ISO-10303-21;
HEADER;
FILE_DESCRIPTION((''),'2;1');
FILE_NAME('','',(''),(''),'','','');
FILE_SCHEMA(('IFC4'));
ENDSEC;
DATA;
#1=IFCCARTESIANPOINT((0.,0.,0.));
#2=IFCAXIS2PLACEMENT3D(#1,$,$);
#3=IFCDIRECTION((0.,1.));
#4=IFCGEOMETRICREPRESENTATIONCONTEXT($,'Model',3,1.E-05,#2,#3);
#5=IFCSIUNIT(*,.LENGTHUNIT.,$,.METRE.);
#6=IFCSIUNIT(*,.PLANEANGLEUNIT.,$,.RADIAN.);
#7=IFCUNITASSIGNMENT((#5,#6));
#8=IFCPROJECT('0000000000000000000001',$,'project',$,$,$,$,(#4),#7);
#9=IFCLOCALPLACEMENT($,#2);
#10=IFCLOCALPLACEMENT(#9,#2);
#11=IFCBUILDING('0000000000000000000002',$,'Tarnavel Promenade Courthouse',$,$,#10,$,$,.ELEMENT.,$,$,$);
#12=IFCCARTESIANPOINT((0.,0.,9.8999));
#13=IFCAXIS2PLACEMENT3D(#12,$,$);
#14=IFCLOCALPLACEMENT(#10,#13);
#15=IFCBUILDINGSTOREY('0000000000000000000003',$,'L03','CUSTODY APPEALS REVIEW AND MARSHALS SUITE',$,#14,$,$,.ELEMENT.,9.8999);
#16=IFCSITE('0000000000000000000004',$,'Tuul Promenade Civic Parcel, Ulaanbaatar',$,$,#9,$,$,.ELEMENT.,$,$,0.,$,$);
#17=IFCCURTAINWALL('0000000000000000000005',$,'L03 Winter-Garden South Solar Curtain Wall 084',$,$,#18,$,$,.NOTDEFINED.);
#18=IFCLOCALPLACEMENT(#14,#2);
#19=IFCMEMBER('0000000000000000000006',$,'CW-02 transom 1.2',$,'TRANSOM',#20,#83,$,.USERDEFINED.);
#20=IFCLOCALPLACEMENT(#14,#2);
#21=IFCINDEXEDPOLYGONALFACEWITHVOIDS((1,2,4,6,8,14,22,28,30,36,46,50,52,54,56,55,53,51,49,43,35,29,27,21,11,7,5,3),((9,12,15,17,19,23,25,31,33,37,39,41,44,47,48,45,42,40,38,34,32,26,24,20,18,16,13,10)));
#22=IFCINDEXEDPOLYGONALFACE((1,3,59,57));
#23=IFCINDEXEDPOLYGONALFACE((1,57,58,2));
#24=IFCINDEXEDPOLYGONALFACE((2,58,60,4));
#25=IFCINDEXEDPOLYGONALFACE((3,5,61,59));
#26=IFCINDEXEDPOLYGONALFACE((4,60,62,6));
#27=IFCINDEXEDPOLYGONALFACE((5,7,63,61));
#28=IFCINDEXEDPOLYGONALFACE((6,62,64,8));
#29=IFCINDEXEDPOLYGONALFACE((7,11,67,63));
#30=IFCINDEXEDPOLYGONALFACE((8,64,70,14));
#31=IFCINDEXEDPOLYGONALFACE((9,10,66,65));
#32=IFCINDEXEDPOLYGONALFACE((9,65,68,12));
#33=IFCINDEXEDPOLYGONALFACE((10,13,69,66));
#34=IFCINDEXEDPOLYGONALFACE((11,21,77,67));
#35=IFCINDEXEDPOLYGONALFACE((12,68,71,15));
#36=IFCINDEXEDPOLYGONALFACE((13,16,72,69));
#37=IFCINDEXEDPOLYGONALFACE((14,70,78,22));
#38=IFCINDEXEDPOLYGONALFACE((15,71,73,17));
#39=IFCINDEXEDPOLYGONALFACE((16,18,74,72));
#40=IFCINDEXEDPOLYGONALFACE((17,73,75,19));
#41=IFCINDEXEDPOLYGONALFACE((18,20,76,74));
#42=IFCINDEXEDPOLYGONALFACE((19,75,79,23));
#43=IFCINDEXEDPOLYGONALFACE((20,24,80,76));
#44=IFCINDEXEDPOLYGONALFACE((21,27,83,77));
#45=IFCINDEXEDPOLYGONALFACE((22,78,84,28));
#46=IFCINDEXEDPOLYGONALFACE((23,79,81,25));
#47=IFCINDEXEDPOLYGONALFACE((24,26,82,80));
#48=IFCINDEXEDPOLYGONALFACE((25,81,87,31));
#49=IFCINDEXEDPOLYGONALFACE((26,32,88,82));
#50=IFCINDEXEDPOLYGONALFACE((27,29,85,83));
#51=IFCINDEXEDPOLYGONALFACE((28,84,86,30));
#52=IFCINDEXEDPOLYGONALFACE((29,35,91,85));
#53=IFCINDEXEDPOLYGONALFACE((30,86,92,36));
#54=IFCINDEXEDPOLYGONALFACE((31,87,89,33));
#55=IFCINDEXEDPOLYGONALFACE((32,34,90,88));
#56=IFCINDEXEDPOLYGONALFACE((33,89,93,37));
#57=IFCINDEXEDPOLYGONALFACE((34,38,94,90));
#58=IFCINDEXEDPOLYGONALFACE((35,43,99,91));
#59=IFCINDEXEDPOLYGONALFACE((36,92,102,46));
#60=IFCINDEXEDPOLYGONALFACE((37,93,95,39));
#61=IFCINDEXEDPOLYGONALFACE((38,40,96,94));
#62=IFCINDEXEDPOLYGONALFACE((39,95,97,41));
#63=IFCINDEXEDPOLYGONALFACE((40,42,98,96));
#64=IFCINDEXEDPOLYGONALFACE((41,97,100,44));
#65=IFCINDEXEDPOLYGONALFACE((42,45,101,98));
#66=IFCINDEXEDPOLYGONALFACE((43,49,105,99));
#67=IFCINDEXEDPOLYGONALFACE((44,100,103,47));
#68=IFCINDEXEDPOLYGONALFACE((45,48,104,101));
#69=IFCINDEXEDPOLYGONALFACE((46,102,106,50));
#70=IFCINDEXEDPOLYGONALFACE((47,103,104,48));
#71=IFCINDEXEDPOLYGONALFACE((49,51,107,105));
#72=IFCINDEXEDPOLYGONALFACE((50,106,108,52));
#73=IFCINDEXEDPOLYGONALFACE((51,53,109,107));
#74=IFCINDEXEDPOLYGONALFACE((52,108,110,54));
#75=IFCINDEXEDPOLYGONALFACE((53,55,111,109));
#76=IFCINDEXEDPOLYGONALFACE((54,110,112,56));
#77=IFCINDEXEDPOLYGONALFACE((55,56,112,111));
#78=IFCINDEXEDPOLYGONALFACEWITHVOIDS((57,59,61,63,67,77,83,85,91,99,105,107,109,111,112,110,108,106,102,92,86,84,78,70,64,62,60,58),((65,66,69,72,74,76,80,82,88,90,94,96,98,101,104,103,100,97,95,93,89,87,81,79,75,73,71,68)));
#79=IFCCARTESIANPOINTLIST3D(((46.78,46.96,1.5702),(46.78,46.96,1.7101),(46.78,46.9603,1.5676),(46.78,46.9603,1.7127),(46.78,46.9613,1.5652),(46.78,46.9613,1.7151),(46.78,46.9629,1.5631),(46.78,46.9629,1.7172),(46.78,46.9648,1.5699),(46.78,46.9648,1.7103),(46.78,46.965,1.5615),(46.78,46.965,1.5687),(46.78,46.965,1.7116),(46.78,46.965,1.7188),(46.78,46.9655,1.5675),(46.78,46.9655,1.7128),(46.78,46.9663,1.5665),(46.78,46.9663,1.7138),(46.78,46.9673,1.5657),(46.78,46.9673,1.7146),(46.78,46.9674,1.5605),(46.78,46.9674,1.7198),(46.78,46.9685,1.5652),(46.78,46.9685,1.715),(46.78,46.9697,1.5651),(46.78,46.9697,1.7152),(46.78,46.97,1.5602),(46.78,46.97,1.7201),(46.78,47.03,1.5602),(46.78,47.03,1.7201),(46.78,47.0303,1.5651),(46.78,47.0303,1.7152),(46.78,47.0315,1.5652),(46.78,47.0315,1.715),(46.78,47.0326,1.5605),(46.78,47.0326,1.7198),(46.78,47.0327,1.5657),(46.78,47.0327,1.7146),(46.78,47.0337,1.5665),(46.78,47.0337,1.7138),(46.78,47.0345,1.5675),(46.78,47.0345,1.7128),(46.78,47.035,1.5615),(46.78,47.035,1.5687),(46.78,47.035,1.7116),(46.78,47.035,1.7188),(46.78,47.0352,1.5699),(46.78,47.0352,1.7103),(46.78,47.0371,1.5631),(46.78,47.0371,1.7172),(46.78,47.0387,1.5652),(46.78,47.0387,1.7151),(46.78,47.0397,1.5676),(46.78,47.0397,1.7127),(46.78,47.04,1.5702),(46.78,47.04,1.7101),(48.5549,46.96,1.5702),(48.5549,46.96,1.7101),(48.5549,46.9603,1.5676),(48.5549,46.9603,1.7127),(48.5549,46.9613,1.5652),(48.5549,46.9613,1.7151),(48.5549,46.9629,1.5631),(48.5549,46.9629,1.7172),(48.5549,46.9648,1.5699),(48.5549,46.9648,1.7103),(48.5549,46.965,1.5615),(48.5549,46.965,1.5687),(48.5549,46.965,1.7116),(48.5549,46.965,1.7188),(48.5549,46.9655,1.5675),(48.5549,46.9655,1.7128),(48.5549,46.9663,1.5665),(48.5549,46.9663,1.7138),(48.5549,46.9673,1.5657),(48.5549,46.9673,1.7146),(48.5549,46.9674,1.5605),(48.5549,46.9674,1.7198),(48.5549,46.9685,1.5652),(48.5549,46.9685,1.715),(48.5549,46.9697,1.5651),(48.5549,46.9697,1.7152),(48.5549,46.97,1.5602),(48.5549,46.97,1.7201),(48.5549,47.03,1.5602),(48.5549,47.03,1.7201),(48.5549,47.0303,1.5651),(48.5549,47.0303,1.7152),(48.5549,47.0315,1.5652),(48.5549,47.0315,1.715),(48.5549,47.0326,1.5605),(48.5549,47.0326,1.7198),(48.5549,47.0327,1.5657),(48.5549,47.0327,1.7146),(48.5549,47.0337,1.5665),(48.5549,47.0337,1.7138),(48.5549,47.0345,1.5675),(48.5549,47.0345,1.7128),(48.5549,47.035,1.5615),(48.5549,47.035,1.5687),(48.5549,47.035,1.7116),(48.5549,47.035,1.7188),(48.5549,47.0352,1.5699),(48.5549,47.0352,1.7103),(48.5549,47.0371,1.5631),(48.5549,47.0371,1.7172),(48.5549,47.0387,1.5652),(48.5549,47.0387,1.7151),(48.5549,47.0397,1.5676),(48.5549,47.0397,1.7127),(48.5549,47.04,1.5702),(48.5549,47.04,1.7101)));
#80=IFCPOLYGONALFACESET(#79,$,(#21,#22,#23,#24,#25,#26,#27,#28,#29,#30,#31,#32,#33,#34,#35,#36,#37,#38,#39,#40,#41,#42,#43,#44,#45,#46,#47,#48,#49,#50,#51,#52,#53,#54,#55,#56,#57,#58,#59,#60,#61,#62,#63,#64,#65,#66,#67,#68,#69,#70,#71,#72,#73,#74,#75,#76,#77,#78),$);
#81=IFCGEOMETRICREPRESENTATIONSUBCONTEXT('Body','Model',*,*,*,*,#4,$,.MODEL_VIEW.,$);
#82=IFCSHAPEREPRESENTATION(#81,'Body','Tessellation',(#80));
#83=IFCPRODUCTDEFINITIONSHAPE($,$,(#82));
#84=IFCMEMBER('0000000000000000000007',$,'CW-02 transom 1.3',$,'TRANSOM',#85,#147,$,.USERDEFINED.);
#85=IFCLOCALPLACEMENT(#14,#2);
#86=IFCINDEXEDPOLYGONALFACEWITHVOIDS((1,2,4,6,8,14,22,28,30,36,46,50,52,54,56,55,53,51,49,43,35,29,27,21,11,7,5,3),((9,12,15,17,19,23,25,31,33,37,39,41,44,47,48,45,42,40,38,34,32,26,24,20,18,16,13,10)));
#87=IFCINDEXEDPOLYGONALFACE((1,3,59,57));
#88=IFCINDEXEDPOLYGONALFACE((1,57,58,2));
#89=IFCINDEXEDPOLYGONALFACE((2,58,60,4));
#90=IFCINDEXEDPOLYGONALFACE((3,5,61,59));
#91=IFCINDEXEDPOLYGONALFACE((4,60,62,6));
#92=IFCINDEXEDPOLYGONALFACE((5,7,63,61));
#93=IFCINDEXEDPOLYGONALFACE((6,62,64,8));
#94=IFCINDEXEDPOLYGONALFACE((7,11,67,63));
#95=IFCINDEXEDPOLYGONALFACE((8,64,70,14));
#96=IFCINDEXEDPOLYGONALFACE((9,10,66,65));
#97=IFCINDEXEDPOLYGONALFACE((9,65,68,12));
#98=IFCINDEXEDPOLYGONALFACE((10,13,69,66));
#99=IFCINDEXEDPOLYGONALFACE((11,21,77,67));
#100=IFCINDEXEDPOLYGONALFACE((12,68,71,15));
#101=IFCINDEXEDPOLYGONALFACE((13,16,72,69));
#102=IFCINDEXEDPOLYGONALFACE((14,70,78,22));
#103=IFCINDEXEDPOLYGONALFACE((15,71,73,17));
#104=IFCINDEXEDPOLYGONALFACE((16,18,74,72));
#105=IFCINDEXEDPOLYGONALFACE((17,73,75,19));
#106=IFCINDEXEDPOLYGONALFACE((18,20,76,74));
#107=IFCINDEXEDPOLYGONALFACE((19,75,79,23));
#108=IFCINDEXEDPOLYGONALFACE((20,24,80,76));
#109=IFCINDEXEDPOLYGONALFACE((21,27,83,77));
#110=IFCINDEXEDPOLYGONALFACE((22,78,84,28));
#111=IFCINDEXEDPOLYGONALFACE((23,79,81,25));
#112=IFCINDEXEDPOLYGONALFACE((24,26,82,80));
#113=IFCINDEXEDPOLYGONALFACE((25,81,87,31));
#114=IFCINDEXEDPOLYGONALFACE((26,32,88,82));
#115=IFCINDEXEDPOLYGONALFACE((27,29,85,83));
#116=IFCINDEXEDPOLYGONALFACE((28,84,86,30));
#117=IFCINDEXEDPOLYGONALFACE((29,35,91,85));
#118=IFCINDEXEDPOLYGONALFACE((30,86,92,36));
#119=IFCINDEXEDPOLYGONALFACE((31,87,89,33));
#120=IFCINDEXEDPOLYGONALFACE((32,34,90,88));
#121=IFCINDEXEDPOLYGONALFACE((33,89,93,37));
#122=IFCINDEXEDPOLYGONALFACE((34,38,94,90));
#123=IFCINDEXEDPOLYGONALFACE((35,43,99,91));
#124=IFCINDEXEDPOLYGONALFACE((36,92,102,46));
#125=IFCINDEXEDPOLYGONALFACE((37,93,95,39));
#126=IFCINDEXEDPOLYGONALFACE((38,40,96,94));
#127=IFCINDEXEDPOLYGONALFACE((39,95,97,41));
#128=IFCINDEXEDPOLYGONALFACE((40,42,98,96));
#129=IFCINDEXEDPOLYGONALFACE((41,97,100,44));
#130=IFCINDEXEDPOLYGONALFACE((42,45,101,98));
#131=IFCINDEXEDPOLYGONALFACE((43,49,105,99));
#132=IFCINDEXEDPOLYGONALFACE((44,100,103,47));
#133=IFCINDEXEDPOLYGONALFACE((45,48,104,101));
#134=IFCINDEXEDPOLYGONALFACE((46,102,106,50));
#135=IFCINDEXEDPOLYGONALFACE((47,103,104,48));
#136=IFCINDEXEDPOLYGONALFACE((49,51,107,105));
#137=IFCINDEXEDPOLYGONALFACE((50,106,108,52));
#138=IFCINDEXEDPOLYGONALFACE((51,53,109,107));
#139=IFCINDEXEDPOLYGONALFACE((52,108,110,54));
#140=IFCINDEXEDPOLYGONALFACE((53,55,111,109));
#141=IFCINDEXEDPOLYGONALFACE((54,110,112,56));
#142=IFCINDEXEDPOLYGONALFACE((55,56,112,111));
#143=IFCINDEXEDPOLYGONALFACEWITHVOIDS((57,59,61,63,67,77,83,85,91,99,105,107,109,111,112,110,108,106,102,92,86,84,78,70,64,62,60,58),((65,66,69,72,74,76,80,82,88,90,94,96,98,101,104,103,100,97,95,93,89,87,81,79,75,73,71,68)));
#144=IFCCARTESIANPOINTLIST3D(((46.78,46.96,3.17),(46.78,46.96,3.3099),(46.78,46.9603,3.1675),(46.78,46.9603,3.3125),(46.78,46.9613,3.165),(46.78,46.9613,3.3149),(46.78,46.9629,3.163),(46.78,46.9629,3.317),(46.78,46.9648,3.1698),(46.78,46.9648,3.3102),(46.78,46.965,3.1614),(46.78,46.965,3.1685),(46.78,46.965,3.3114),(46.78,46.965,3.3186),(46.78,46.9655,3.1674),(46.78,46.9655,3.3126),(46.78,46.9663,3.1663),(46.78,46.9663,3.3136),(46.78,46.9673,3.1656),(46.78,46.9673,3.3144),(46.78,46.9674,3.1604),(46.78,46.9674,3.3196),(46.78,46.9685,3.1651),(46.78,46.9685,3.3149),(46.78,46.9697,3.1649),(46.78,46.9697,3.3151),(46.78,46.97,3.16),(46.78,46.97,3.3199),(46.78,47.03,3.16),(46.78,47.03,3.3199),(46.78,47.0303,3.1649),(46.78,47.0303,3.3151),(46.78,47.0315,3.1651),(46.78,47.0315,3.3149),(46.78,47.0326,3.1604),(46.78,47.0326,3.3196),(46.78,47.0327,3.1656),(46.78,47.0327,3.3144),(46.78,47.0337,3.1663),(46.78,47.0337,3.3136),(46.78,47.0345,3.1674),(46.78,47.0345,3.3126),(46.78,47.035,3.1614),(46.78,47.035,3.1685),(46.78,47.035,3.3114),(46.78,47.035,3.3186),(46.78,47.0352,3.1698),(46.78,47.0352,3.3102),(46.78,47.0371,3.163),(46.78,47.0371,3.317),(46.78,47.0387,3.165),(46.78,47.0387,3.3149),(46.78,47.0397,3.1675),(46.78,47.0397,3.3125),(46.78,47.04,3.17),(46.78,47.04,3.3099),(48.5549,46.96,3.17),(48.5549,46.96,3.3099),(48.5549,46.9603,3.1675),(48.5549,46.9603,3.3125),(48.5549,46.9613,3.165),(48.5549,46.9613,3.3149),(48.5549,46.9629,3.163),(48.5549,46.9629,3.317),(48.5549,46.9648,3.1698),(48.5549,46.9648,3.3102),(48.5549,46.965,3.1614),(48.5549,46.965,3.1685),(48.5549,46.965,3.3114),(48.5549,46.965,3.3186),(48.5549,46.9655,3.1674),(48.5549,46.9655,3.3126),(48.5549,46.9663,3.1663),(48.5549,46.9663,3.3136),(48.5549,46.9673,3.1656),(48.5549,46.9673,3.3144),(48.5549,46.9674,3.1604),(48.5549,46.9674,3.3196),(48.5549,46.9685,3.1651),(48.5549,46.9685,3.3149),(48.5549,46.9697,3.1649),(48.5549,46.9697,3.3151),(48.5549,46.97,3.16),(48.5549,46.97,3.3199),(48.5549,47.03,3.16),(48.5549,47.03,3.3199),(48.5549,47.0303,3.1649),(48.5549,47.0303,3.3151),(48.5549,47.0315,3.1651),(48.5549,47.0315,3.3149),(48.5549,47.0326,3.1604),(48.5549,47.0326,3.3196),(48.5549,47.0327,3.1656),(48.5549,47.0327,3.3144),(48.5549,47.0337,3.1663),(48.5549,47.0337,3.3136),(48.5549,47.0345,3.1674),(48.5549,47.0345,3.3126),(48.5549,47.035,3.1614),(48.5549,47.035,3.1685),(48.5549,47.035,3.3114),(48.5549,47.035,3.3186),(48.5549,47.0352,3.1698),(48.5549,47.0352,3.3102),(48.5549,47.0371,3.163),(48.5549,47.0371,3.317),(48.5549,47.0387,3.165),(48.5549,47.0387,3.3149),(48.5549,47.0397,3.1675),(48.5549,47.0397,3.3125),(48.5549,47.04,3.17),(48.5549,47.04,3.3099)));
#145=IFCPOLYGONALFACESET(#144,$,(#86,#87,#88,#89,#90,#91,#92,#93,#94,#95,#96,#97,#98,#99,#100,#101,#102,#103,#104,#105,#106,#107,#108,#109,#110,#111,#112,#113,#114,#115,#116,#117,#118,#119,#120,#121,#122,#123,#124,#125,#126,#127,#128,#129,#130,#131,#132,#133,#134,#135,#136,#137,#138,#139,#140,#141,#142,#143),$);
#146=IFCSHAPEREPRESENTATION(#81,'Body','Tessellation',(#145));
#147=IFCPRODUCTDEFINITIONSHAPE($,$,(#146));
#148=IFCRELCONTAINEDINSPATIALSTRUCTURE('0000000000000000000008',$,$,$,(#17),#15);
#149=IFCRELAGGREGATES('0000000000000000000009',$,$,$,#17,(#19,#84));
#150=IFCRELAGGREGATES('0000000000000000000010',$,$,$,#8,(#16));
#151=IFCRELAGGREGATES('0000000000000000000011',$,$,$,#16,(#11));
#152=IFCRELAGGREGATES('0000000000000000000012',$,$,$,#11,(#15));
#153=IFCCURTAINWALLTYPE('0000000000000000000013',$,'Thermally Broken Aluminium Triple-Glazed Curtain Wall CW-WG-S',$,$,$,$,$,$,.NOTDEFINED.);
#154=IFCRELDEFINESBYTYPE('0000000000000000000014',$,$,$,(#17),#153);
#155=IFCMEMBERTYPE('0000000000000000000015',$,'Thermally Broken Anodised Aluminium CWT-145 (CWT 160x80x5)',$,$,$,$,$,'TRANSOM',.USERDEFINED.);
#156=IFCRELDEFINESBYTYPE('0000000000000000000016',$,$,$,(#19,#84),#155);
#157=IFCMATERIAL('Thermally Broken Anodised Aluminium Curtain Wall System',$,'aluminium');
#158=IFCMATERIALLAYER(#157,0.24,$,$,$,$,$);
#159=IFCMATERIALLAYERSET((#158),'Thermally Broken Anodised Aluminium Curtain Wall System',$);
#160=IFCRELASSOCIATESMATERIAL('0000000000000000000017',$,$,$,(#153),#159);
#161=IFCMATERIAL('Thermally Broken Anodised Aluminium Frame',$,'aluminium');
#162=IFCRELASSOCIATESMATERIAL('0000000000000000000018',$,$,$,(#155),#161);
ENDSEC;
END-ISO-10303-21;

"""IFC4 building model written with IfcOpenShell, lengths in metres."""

from ifc_helpers import new_model, si_unit, direction, frame, origin, origin_2d, place, context, subcontext, project, spatial, hollow_rectangle, extrude, material, layer, layer_set, material_profile, profile_set, type_object, element, aggregate, save


model = new_model("IFC4")

# Units and contexts
model_context = context("Model", 3, precision=1e-05, world=origin(), true_north=direction((0.0, 1.0)))
body_context = subcontext(model_context, "Body", "Model", "MODEL_VIEW")
ifc_project = project(units=[si_unit("LENGTHUNIT", "METRE"), si_unit("PLANEANGLEUNIT", "RADIAN")], contexts=[model_context])

# Site, building, storey
site_placement = place(None, origin())
site = spatial("IfcSite", under=ifc_project, at=site_placement, Name="Tuul Promenade Civic Parcel, Ulaanbaatar", CompositionType="ELEMENT", RefElevation=0.0)
building_placement = place(site_placement, origin())
building = spatial("IfcBuilding", under=site, at=building_placement, Name="Tarnavel Promenade Courthouse", CompositionType="ELEMENT")
storey_placement = place(building_placement, frame((0.0, 0.0, 9.8999)))
storey = spatial("IfcBuildingStorey", under=building, at=storey_placement, Name="L03", Description="CUSTODY APPEALS REVIEW AND MARSHALS SUITE", CompositionType="ELEMENT", Elevation=9.8999)

# Shared definitions
ifc_material_1 = material(Name="Thermally Broken Anodised Aluminium Curtain Wall System", Category="aluminium")
ifc_layer_1 = layer(ifc_material_1, 0.24)
ifc_layer_set_1 = layer_set([ifc_layer_1], Name="Thermally Broken Anodised Aluminium Curtain Wall System")
curtain_wall_type = type_object("IfcCurtainWallType", Name="Thermally Broken Aluminium Triple-Glazed Curtain Wall CW-WG-S", PredefinedType="NOTDEFINED", material=ifc_layer_set_1)
ifc_material_2 = material(Name="Thermally Broken Anodised Aluminium Frame", Category="aluminium")

# Curtain wall, members
curtain_wall_1_placement = place(storey_placement, origin())
curtain_wall_1 = element("IfcCurtainWall", 1, at=curtain_wall_1_placement, inside=storey, type_object=curtain_wall_type, Name="L03 Winter-Garden South Solar Curtain Wall 084", PredefinedType="NOTDEFINED")
ifc_material_profile_1 = material_profile(ifc_material_2, hollow_rectangle(XDim=0.0801, YDim=0.1599, WallThickness=0.0049, InnerFilletRadius=0.0049, OuterFilletRadius=0.01, at=origin_2d()), Name="CWT 160x80x5")
ifc_profile_set_1 = profile_set([ifc_material_profile_1], Name="Thermally Broken Anodised Aluminium Frame")
member_type_1 = type_object("IfcMemberType", Name="Thermally Broken Anodised Aluminium CWT-145 (CWT 160x80x5)", ElementType="TRANSOM", PredefinedType="USERDEFINED", material=ifc_profile_set_1)
member_1_placement = place(storey_placement, frame((46.78, 47.0, 1.6401), z_axis=(1.0, 0.0, 0.0), x_axis=(0.0, 1.0, 0.0)))
member_1 = element("IfcMember", 2, at=member_1_placement, type_object=member_type_1, Name="CW-02 transom 1.2", ObjectType="TRANSOM", PredefinedType="USERDEFINED", context=body_context, shape_type="SweptSolid", body=[
    extrude(hollow_rectangle(XDim=0.0801, YDim=0.1599, WallThickness=0.0049, InnerFilletRadius=0.0049, OuterFilletRadius=0.01, at=origin_2d()), origin(), (0.0, 0.0, 1.0), 1.7749),
])
member_2_placement = place(storey_placement, frame((46.78, 47.0, 3.24), z_axis=(1.0, 0.0, 0.0), x_axis=(0.0, 1.0, 0.0)))
member_2 = element("IfcMember", 3, at=member_2_placement, type_object=member_type_1, Name="CW-02 transom 1.3", ObjectType="TRANSOM", PredefinedType="USERDEFINED", context=body_context, shape_type="SweptSolid", body=[
    extrude(hollow_rectangle(XDim=0.0801, YDim=0.1599, WallThickness=0.0049, InnerFilletRadius=0.0049, OuterFilletRadius=0.01, at=origin_2d()), origin(), (0.0, 0.0, 1.0), 1.7749),
])

aggregate(curtain_wall_1, [member_1, member_2])

save(model, "model.ifc")
